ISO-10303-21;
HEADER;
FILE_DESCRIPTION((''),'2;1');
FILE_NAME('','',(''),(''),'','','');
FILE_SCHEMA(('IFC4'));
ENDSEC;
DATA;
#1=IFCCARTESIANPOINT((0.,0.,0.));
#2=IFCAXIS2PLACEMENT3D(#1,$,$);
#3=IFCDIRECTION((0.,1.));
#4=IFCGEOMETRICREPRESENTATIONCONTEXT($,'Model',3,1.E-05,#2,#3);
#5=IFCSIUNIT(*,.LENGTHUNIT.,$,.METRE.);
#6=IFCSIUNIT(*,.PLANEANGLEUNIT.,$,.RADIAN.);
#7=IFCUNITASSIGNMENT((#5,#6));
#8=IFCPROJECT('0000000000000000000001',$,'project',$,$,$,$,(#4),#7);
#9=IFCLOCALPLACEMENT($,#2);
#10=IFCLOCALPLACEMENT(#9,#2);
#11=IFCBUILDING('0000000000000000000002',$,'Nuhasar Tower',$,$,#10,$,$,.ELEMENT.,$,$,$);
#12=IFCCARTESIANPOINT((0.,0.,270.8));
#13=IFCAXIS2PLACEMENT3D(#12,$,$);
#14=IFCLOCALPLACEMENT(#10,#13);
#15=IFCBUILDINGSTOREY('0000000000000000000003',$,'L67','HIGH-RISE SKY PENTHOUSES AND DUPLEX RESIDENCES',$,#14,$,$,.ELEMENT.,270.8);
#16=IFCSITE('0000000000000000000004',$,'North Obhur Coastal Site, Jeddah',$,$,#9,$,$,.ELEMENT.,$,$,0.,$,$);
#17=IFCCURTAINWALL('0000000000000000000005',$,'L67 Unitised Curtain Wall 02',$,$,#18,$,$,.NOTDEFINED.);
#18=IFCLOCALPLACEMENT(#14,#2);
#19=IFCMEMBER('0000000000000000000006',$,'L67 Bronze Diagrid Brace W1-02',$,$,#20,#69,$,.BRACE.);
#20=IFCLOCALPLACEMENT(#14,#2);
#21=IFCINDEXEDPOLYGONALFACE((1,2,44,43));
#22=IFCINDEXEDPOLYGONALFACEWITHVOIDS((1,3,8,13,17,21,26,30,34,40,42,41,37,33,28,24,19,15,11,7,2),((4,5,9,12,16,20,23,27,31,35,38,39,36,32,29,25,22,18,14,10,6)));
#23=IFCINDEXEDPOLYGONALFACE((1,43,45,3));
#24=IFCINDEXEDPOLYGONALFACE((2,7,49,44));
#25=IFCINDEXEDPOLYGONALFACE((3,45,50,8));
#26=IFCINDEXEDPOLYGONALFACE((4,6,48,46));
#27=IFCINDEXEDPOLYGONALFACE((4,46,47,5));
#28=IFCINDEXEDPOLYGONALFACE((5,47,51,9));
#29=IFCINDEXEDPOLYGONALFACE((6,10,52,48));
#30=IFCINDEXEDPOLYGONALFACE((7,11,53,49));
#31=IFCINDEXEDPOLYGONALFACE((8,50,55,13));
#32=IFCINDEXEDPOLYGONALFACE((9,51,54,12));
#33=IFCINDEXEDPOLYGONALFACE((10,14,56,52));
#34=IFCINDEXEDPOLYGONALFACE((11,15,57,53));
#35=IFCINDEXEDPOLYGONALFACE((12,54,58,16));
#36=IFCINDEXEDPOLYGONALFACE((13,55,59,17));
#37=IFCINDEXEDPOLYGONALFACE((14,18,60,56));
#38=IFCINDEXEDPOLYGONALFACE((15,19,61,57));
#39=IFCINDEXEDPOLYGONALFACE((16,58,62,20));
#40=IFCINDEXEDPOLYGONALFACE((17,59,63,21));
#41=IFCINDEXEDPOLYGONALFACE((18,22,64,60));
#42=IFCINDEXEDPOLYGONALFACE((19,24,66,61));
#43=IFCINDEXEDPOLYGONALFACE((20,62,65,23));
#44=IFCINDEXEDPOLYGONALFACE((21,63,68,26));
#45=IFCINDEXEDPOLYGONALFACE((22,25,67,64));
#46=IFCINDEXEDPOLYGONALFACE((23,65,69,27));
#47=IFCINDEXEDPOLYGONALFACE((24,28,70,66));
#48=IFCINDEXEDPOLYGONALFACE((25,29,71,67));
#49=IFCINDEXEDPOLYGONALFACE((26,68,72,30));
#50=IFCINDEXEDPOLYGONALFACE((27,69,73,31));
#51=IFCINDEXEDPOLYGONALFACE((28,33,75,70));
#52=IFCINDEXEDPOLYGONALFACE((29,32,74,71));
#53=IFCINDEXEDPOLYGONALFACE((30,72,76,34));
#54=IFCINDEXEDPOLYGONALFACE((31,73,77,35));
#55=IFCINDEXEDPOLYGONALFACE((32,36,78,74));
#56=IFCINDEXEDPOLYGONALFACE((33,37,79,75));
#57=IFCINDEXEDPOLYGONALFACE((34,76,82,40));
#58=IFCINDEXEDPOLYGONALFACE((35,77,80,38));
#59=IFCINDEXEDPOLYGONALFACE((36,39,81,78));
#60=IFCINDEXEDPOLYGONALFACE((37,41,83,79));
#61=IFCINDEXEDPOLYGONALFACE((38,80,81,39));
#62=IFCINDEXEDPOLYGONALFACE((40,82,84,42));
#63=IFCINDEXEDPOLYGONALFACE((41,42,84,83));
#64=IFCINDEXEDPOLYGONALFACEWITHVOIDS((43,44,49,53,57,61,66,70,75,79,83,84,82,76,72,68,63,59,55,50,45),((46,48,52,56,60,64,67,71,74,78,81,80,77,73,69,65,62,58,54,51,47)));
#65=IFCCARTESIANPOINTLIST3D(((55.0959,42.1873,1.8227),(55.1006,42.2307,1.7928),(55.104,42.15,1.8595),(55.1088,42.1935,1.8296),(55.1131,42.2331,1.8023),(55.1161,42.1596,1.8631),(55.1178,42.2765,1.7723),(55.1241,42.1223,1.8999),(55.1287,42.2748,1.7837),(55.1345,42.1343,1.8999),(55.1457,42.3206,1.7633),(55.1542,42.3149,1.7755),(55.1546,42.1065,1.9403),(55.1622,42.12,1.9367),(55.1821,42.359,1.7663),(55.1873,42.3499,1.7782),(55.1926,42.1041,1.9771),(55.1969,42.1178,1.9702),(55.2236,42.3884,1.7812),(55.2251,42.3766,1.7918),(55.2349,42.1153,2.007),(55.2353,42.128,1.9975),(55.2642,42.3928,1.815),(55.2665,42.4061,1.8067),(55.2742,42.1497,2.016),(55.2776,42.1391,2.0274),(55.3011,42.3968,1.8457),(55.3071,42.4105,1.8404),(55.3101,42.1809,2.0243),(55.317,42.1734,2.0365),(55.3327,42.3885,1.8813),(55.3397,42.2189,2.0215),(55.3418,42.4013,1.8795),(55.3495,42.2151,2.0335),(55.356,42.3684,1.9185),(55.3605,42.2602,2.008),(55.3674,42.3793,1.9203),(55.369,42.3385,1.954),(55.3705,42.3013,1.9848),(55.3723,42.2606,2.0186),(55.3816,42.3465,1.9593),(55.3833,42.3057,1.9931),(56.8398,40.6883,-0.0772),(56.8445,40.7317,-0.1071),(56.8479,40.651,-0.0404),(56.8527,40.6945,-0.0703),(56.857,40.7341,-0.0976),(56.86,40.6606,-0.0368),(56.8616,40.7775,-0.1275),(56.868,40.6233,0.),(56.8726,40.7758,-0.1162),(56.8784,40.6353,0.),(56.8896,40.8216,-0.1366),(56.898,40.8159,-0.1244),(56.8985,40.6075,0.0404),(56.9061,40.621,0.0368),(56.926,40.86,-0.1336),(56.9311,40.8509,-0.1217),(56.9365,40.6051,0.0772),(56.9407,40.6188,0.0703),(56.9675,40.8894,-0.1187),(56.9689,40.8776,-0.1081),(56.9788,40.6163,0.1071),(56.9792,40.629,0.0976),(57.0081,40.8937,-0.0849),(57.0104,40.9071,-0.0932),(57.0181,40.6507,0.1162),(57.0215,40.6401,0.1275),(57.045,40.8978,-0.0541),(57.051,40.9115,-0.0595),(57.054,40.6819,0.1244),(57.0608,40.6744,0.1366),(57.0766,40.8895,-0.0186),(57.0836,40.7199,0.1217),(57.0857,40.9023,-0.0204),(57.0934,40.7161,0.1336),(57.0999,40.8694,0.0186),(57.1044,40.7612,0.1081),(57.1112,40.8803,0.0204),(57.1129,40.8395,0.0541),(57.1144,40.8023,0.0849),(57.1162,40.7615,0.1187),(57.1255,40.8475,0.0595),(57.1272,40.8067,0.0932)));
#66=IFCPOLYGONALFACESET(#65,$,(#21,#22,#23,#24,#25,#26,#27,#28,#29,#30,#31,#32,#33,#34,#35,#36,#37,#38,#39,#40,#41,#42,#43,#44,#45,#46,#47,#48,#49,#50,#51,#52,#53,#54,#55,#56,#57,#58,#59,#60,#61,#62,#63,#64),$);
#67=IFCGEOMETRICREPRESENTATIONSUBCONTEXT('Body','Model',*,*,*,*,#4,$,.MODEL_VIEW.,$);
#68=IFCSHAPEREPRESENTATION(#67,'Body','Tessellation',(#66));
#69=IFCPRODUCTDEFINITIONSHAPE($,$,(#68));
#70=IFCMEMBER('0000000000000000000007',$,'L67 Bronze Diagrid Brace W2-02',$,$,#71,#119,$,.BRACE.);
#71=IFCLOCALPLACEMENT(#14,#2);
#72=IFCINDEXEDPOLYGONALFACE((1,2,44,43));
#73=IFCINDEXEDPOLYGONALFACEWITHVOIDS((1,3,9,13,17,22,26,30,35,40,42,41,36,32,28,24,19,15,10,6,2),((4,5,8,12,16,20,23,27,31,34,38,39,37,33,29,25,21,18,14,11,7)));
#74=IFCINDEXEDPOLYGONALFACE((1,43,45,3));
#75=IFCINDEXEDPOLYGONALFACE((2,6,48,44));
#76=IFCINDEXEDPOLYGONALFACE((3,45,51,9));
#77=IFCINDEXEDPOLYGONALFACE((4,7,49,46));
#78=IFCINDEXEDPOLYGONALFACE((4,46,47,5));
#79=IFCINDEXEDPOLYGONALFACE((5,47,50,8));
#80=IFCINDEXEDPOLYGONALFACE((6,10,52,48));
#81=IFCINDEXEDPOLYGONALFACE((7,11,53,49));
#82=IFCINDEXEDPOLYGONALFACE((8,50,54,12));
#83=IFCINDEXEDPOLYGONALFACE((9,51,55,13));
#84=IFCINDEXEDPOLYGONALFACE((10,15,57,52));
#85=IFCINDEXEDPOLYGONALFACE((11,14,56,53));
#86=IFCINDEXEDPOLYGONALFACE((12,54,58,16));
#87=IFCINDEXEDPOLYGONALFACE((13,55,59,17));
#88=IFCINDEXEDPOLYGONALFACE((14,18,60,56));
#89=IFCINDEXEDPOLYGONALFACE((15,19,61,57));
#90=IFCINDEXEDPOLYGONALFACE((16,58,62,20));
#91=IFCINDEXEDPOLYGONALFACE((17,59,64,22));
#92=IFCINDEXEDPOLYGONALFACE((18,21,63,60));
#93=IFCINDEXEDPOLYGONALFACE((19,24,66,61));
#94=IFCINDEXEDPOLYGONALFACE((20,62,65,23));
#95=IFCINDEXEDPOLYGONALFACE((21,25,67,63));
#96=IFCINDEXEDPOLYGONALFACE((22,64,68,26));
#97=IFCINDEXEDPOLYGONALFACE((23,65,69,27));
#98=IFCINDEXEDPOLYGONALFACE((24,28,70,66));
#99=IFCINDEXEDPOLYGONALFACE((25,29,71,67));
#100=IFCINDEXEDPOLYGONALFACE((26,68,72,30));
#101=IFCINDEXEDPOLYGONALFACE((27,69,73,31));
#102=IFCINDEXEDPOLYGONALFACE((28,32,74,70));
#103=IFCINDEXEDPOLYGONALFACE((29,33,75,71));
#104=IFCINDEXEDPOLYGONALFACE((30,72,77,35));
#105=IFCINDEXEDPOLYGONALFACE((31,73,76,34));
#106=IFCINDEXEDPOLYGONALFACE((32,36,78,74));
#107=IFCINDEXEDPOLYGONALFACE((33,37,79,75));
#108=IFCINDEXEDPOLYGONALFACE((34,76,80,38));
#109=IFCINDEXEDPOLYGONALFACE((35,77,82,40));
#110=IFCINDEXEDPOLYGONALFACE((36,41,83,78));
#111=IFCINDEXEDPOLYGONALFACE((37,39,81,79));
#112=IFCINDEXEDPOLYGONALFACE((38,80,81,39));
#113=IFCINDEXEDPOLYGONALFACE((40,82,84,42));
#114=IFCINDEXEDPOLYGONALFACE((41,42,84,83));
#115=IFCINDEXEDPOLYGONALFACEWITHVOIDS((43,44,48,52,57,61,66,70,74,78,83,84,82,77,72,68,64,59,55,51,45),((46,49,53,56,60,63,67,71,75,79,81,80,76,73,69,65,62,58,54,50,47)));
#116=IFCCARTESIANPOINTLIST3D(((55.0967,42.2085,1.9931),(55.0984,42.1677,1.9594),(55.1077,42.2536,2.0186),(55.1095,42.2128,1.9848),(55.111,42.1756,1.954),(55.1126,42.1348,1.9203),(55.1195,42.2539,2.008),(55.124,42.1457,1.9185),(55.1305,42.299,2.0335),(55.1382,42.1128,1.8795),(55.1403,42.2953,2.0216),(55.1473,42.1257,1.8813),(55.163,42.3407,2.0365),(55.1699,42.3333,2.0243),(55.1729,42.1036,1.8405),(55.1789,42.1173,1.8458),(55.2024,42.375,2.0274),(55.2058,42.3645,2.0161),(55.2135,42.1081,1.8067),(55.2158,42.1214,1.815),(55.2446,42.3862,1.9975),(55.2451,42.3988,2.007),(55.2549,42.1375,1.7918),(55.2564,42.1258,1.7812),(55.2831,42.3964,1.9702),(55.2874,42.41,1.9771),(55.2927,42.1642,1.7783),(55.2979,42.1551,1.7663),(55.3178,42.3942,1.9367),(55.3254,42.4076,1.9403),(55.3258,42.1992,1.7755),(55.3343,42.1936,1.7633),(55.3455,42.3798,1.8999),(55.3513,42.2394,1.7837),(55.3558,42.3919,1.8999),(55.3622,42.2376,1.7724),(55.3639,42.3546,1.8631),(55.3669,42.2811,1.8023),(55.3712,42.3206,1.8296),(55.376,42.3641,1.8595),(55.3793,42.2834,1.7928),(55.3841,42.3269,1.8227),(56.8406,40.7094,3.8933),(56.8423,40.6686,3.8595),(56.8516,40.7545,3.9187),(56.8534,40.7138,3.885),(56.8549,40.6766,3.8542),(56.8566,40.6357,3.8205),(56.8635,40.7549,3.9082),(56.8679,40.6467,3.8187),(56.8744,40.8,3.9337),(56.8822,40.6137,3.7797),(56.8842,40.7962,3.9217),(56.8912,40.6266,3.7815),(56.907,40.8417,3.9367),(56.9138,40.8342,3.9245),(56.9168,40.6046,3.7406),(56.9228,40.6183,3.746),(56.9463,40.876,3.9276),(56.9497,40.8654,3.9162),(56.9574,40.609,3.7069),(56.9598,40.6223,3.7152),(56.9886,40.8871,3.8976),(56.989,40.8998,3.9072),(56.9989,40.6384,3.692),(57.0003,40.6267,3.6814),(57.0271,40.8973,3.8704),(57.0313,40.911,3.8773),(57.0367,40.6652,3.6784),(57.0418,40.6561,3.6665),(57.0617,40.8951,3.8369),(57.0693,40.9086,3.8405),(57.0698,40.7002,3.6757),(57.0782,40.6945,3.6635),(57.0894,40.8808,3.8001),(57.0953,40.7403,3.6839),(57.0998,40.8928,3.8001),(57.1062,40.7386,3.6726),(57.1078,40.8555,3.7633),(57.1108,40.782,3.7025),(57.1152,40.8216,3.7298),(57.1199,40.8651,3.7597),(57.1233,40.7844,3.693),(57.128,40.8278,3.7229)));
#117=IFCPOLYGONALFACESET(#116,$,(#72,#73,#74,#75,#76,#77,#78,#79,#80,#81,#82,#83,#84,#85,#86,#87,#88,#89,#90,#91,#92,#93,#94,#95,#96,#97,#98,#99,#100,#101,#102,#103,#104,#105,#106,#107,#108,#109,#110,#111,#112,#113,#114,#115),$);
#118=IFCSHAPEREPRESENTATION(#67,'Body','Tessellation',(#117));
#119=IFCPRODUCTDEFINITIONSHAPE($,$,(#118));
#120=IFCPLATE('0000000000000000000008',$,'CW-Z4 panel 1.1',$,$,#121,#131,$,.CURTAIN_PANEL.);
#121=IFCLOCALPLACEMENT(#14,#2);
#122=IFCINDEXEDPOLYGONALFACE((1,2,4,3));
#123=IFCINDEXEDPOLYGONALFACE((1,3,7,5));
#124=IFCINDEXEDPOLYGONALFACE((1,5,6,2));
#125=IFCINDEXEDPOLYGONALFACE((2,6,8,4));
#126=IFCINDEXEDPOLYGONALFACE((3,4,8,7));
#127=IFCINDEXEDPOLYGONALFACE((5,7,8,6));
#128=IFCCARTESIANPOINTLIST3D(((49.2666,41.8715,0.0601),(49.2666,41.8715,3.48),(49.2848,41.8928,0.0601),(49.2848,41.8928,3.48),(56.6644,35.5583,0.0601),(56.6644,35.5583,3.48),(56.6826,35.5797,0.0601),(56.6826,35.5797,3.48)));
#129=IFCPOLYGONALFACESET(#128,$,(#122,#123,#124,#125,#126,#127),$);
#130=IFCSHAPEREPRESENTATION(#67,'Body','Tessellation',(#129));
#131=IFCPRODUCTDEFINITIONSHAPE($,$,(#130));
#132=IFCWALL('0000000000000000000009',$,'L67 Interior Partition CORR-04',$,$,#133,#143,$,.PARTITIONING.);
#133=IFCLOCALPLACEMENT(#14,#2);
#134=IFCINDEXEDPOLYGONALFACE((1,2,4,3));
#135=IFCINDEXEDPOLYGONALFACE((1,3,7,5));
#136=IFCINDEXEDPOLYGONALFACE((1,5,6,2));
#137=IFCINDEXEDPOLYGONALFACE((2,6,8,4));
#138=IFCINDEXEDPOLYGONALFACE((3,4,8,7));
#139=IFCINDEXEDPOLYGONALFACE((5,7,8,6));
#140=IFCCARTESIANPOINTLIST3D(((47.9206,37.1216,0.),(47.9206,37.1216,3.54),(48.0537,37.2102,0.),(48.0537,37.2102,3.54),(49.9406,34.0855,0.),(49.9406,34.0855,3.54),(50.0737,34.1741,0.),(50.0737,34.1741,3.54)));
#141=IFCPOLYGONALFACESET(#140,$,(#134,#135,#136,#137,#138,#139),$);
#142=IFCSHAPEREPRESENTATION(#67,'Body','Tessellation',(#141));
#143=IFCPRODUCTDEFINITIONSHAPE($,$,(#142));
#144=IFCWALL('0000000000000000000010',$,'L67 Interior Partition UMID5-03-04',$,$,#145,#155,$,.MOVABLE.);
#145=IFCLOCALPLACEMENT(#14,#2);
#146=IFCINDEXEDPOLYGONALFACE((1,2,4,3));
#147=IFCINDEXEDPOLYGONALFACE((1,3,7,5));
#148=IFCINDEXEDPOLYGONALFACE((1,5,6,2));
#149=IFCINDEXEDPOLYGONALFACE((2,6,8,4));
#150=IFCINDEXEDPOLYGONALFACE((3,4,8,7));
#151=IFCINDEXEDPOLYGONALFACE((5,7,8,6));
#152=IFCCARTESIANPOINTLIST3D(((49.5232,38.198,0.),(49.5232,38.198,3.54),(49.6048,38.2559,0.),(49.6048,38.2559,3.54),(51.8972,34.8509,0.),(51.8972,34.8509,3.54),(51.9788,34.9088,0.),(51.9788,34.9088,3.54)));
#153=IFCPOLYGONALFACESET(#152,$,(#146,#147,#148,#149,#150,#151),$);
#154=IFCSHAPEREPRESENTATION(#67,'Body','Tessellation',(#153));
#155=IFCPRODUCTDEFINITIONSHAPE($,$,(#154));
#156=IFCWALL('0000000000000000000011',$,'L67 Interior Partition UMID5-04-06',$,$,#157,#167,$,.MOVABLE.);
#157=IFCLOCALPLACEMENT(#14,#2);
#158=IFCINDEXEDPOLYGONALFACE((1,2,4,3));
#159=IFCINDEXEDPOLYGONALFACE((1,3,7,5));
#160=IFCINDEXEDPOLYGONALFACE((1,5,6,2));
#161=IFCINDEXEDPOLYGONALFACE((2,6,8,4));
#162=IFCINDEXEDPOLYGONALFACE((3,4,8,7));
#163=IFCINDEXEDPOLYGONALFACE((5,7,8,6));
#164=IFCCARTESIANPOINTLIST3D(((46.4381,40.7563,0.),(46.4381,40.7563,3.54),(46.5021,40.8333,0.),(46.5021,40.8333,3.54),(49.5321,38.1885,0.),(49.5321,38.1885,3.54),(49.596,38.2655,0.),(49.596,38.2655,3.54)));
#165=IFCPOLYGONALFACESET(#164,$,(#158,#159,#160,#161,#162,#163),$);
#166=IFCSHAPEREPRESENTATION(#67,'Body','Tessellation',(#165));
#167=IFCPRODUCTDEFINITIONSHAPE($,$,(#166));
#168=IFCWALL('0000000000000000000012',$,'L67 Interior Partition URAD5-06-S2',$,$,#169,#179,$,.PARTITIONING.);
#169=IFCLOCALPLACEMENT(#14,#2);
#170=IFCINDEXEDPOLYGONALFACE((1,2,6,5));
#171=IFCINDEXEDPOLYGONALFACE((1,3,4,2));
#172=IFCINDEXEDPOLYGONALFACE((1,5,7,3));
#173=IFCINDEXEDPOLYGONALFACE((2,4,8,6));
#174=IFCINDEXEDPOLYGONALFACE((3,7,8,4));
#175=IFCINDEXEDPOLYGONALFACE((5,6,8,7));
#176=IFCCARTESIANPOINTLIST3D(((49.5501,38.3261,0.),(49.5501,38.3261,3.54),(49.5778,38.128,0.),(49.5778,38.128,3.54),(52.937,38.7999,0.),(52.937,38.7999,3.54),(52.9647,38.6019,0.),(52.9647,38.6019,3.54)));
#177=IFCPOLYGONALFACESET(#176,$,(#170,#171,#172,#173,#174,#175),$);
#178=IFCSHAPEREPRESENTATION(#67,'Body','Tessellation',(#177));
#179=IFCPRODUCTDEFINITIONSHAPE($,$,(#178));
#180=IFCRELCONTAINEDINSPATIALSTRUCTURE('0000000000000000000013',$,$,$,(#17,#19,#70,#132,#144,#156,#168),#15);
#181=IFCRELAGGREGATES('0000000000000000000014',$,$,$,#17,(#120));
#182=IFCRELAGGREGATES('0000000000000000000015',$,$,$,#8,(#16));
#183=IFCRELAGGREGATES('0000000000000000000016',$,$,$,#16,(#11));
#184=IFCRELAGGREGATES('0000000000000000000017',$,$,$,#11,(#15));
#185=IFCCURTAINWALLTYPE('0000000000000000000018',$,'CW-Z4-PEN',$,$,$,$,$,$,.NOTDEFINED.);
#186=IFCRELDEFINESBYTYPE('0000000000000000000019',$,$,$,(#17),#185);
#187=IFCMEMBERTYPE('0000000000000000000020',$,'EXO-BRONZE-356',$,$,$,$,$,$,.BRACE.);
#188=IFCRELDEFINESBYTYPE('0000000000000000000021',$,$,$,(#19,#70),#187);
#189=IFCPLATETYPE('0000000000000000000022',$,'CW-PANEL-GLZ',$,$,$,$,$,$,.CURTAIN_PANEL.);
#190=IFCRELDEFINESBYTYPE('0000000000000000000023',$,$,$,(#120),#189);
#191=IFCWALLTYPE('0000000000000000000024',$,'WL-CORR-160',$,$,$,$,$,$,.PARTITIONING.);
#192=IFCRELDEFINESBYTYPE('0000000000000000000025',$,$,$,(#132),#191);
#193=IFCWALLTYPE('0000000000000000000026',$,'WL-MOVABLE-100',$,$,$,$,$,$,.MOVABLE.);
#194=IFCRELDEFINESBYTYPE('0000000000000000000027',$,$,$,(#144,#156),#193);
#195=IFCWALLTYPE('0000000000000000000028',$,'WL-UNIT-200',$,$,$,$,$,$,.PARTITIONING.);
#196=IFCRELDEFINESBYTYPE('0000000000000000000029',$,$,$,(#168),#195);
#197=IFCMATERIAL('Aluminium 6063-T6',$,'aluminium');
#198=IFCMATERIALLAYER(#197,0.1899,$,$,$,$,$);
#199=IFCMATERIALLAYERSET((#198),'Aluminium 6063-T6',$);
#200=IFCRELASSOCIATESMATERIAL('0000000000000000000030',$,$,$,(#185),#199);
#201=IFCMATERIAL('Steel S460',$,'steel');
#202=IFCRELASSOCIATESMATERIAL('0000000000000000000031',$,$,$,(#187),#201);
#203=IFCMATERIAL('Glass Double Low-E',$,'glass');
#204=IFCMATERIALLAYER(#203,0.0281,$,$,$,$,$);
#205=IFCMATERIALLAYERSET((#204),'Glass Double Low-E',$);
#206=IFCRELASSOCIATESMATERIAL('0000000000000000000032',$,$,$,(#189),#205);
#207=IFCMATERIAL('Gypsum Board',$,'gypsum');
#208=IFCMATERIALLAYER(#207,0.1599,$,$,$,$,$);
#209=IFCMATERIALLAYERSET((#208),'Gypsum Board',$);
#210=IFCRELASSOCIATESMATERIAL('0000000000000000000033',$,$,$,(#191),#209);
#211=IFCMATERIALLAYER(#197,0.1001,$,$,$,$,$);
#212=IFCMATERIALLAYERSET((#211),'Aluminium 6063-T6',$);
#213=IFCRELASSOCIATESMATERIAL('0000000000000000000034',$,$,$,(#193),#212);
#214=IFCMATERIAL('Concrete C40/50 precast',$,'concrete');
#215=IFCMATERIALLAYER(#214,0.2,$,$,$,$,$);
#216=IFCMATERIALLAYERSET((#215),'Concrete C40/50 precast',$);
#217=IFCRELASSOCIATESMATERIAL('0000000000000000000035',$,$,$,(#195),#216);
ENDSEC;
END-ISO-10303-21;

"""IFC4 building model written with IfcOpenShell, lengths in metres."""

from ifc_helpers import new_model, si_unit, direction, frame, frame_2d, origin, origin_2d, place, context, subcontext, project, spatial, rectangle, hollow_circle, extrude, material, layer, layer_set, material_profile, profile_set, type_object, element, aggregate, save


model = new_model("IFC4")

# Units and contexts
model_context = context("Model", 3, precision=1e-05, world=origin(), true_north=direction((0.0, 1.0)))
body_context = subcontext(model_context, "Body", "Model", "MODEL_VIEW")
ifc_project = project(units=[si_unit("LENGTHUNIT", "METRE"), si_unit("PLANEANGLEUNIT", "RADIAN")], contexts=[model_context])

# Site, building, storey
site_placement = place(None, origin())
site = spatial("IfcSite", under=ifc_project, at=site_placement, Name="North Obhur Coastal Site, Jeddah", CompositionType="ELEMENT", RefElevation=0.0)
building_placement = place(site_placement, origin())
building = spatial("IfcBuilding", under=site, at=building_placement, Name="Nuhasar Tower", CompositionType="ELEMENT")
storey_placement = place(building_placement, frame((0.0, 0.0, 270.8)))
storey = spatial("IfcBuildingStorey", under=building, at=storey_placement, Name="L67", Description="HIGH-RISE SKY PENTHOUSES AND DUPLEX RESIDENCES", CompositionType="ELEMENT", Elevation=270.8)

# Shared definitions
ifc_material_1 = material(Name="Aluminium 6063-T6", Category="aluminium")
ifc_layer_1 = layer(ifc_material_1, 0.1899)
ifc_layer_set_1 = layer_set([ifc_layer_1], Name="Aluminium 6063-T6")
curtain_wall_type = type_object("IfcCurtainWallType", Name="CW-Z4-PEN", PredefinedType="NOTDEFINED", material=ifc_layer_set_1)

# Curtain wall
curtain_wall_1_placement = place(storey_placement, origin())
curtain_wall_1 = element("IfcCurtainWall", 1, at=curtain_wall_1_placement, inside=storey, type_object=curtain_wall_type, Name="L67 Unitised Curtain Wall 02", PredefinedType="NOTDEFINED")

# Members
ifc_material_2 = material(Name="Steel S460", Category="steel")
ifc_material_profile_1 = material_profile(ifc_material_2, hollow_circle(Radius=0.1777, WallThickness=0.0159, at=origin_2d()), Name="HSS355.6X15.9")
ifc_profile_set_1 = profile_set([ifc_material_profile_1], Name="Steel S460")
member_type_1 = type_object("IfcMemberType", Name="EXO-BRONZE-356", PredefinedType="BRACE", material=ifc_profile_set_1)
for number, where, z_axis, x_axis, name in (
    (2, (56.9839, 40.7581, 0.0), (-0.584625, 0.502534, 0.636925), (-0.651857, -0.758342, 0.0), "L67 Bronze Diagrid Brace W1-02"),
):
    element("IfcMember", number, at=place(storey_placement, frame(where, z_axis=z_axis, x_axis=x_axis)), inside=storey, type_object=member_type_1, Name=name, PredefinedType="BRACE", context=body_context, shape_type="SweptSolid", body=[
        extrude(hollow_circle(Radius=0.1777, WallThickness=0.0159, at=origin_2d()), origin(), (0.0, 0.0, 1.0), 2.9829),
    ])
member_1_placement = place(storey_placement, frame((55.24, 42.2571, 1.8999), z_axis=(0.584595, -0.502508, 0.636973), x_axis=(0.651857, 0.758342, 0.0)))
element("IfcMember", 3, at=member_1_placement, inside=storey, type_object=member_type_1, Name="L67 Bronze Diagrid Brace W2-02", PredefinedType="BRACE", context=body_context, shape_type="SweptSolid", body=[
    extrude(hollow_circle(Radius=0.1777, WallThickness=0.0159, at=origin_2d()), origin(), (0.0, 0.0, 1.0), 2.9832),
])

# Plate
ifc_material_3 = material(Name="Glass Double Low-E", Category="glass")
ifc_layer_2 = layer(ifc_material_3, 0.0281)
ifc_layer_set_2 = layer_set([ifc_layer_2], Name="Glass Double Low-E")
plate_type = type_object("IfcPlateType", Name="CW-PANEL-GLZ", PredefinedType="CURTAIN_PANEL", material=ifc_layer_set_2)
plate_placement = place(storey_placement, frame((52.9746, 38.7256, 0.0601), z_axis=(0.0, 0.0, 1.0), x_axis=(-0.760667, 0.649142, 0.0)))
plate = element("IfcPlate", 4, at=plate_placement, type_object=plate_type, Name="CW-Z4 panel 1.1", PredefinedType="CURTAIN_PANEL", context=body_context, shape_type="SweptSolid", body=[
    extrude(rectangle(XDim=9.7253, YDim=0.0281, at=origin_2d()), origin(), (0.0, 0.0, 1.0), 3.4199),
])
aggregate(curtain_wall_1, [plate])

# Walls
ifc_material_4 = material(Name="Gypsum Board", Category="gypsum")
ifc_layer_3 = layer(ifc_material_4, 0.1599)
ifc_layer_set_3 = layer_set([ifc_layer_3], Name="Gypsum Board")
wall_type_1 = type_object("IfcWallType", Name="WL-CORR-160", PredefinedType="PARTITIONING", material=ifc_layer_set_3)
wall_1_placement = place(storey_placement, frame((50.0071, 34.1299, 0.0), z_axis=(0.0, 0.0, 1.0), x_axis=(-0.553927, 0.832565, 0.0)))
element("IfcWall", 5, at=wall_1_placement, inside=storey, type_object=wall_type_1, Name="L67 Interior Partition CORR-04", PredefinedType="PARTITIONING", context=body_context, shape_type="SweptSolid", body=[
    extrude(rectangle(XDim=3.6467, YDim=0.1599, at=frame_2d((1.8232, 0.0))), origin(), (0.0, 0.0, 1.0), 3.54),
])
ifc_layer_4 = layer(ifc_material_1, 0.1001)
ifc_layer_set_4 = layer_set([ifc_layer_4], Name="Aluminium 6063-T6")
wall_type_2 = type_object("IfcWallType", Name="WL-MOVABLE-100", PredefinedType="MOVABLE", material=ifc_layer_set_4)
wall_2_placement = place(storey_placement, frame((51.938, 34.8799, 0.0), z_axis=(0.0, 0.0, 1.0), x_axis=(-0.578522, 0.815667, 0.0)))
element("IfcWall", 6, at=wall_2_placement, inside=storey, type_object=wall_type_2, Name="L67 Interior Partition UMID5-03-04", PredefinedType="MOVABLE", context=body_context, shape_type="SweptSolid", body=[
    extrude(rectangle(XDim=4.1035, YDim=0.1001, at=frame_2d((2.0518, 0.0))), origin(), (0.0, 0.0, 1.0), 3.54),
])
wall_3_placement = place(storey_placement, frame((49.564, 38.2271, 0.0), z_axis=(0.0, 0.0, 1.0), x_axis=(-0.769499, 0.638648, 0.0)))
element("IfcWall", 7, at=wall_3_placement, inside=storey, type_object=wall_type_2, Name="L67 Interior Partition UMID5-04-06", PredefinedType="MOVABLE", context=body_context, shape_type="SweptSolid", body=[
    extrude(rectangle(XDim=4.0208, YDim=0.1001, at=frame_2d((2.0103, 0.0))), origin(), (0.0, 0.0, 1.0), 3.54),
])
ifc_material_5 = material(Name="Concrete C40/50 precast", Category="concrete")
ifc_layer_5 = layer(ifc_material_5, 0.2)
ifc_layer_set_5 = layer_set([ifc_layer_5], Name="Concrete C40/50 precast")
wall_type_3 = type_object("IfcWallType", Name="WL-UNIT-200", PredefinedType="PARTITIONING", material=ifc_layer_set_5)
wall_4_placement = place(storey_placement, frame((49.564, 38.2271, 0.0), z_axis=(0.0, 0.0, 1.0), x_axis=(0.990354, 0.138562, 0.0)))
element("IfcWall", 8, at=wall_4_placement, inside=storey, type_object=wall_type_3, Name="L67 Interior Partition URAD5-06-S2", PredefinedType="PARTITIONING", context=body_context, shape_type="SweptSolid", body=[
    extrude(rectangle(XDim=3.4199, YDim=0.2, at=frame_2d((1.71, 0.0))), origin(), (0.0, 0.0, 1.0), 3.54),
])

save(model, "model.ifc")
